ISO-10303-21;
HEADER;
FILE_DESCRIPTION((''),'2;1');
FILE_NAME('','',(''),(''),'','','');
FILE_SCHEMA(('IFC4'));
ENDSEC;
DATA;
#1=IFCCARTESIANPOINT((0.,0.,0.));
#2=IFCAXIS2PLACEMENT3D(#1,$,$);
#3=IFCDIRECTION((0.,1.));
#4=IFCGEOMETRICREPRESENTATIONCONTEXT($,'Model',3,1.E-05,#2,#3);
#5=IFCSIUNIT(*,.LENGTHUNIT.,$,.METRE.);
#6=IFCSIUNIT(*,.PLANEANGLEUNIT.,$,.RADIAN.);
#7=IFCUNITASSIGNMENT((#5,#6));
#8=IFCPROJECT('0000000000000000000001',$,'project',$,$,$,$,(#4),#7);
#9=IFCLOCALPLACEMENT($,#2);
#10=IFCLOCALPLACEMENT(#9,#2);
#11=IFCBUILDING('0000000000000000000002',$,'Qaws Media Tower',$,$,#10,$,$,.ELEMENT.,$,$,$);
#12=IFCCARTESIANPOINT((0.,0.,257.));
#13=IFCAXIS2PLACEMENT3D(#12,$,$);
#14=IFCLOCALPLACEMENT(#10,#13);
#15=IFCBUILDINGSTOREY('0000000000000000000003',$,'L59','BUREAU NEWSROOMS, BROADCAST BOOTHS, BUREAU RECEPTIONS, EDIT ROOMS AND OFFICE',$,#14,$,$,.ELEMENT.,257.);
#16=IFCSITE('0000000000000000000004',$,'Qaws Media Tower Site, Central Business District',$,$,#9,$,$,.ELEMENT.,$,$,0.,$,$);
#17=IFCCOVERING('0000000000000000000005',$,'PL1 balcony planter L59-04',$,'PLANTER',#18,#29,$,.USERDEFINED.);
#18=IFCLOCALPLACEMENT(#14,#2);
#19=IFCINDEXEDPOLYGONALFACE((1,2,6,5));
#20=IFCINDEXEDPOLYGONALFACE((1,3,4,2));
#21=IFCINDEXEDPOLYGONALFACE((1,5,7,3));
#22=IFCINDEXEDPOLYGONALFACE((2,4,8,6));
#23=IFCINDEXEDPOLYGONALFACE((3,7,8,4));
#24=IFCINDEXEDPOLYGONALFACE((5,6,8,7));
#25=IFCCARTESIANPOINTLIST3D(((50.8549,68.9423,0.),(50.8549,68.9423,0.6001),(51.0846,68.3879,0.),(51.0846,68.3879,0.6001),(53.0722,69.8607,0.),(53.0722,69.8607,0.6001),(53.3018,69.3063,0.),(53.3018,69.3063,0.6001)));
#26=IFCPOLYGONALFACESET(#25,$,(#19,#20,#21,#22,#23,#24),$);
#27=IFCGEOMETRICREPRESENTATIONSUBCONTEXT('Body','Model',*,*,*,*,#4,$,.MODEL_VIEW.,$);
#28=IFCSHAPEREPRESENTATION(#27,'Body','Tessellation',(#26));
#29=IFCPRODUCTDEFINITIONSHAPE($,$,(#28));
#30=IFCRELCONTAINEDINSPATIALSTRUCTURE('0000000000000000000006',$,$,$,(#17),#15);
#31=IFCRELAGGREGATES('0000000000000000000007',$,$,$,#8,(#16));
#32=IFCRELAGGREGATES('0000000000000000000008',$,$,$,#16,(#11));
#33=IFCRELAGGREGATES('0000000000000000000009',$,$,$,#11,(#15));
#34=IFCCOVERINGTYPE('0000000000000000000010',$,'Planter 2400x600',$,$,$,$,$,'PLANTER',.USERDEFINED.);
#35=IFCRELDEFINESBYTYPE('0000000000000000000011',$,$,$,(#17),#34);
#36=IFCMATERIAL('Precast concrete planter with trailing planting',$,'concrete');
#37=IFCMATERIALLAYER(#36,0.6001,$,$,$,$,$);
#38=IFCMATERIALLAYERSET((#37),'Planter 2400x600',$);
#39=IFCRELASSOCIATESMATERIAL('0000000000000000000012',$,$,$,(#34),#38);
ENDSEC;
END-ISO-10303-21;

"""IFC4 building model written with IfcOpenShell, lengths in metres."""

from ifc_helpers import new_model, si_unit, direction, frame, origin, origin_2d, place, context, subcontext, project, spatial, rectangle, extrude, material, layer, layer_set, type_object, element, save


model = new_model("IFC4")

# Units and contexts
model_context = context("Model", 3, precision=1e-05, world=origin(), true_north=direction((0.0, 1.0)))
body_context = subcontext(model_context, "Body", "Model", "MODEL_VIEW")
ifc_project = project(units=[si_unit("LENGTHUNIT", "METRE"), si_unit("PLANEANGLEUNIT", "RADIAN")], contexts=[model_context])

# Site, building, storey
site_placement = place(None, origin())
site = spatial("IfcSite", under=ifc_project, at=site_placement, Name="Qaws Media Tower Site, Central Business District", CompositionType="ELEMENT", RefElevation=0.0)
building_placement = place(site_placement, origin())
building = spatial("IfcBuilding", under=site, at=building_placement, Name="Qaws Media Tower", CompositionType="ELEMENT")
storey_placement = place(building_placement, frame((0.0, 0.0, 257.0)))
storey = spatial("IfcBuildingStorey", under=building, at=storey_placement, Name="L59", Description="BUREAU NEWSROOMS, BROADCAST BOOTHS, BUREAU RECEPTIONS, EDIT ROOMS AND OFFICE", CompositionType="ELEMENT", Elevation=257.0)

# Covering
ifc_material_1 = material(Name="Precast concrete planter with trailing planting", Category="concrete")
ifc_layer_1 = layer(ifc_material_1, 0.6001)
ifc_layer_set_1 = layer_set([ifc_layer_1], Name="Planter 2400x600")
covering_type = type_object("IfcCoveringType", Name="Planter 2400x600", ElementType="PLANTER", PredefinedType="USERDEFINED", material=ifc_layer_set_1)
covering_placement = place(storey_placement, frame((52.0784, 69.1243, 0.0), z_axis=(0.0, 0.0, 1.0), x_axis=(-0.92388, -0.382683, 0.0)))
element("IfcCovering", 1, at=covering_placement, inside=storey, type_object=covering_type, Name="PL1 balcony planter L59-04", ObjectType="PLANTER", PredefinedType="USERDEFINED", context=body_context, shape_type="SweptSolid", body=[
    extrude(rectangle(XDim=2.3999, YDim=0.6001, at=origin_2d()), origin(), (0.0, 0.0, 1.0), 0.6001),
])

save(model, "model.ifc")
